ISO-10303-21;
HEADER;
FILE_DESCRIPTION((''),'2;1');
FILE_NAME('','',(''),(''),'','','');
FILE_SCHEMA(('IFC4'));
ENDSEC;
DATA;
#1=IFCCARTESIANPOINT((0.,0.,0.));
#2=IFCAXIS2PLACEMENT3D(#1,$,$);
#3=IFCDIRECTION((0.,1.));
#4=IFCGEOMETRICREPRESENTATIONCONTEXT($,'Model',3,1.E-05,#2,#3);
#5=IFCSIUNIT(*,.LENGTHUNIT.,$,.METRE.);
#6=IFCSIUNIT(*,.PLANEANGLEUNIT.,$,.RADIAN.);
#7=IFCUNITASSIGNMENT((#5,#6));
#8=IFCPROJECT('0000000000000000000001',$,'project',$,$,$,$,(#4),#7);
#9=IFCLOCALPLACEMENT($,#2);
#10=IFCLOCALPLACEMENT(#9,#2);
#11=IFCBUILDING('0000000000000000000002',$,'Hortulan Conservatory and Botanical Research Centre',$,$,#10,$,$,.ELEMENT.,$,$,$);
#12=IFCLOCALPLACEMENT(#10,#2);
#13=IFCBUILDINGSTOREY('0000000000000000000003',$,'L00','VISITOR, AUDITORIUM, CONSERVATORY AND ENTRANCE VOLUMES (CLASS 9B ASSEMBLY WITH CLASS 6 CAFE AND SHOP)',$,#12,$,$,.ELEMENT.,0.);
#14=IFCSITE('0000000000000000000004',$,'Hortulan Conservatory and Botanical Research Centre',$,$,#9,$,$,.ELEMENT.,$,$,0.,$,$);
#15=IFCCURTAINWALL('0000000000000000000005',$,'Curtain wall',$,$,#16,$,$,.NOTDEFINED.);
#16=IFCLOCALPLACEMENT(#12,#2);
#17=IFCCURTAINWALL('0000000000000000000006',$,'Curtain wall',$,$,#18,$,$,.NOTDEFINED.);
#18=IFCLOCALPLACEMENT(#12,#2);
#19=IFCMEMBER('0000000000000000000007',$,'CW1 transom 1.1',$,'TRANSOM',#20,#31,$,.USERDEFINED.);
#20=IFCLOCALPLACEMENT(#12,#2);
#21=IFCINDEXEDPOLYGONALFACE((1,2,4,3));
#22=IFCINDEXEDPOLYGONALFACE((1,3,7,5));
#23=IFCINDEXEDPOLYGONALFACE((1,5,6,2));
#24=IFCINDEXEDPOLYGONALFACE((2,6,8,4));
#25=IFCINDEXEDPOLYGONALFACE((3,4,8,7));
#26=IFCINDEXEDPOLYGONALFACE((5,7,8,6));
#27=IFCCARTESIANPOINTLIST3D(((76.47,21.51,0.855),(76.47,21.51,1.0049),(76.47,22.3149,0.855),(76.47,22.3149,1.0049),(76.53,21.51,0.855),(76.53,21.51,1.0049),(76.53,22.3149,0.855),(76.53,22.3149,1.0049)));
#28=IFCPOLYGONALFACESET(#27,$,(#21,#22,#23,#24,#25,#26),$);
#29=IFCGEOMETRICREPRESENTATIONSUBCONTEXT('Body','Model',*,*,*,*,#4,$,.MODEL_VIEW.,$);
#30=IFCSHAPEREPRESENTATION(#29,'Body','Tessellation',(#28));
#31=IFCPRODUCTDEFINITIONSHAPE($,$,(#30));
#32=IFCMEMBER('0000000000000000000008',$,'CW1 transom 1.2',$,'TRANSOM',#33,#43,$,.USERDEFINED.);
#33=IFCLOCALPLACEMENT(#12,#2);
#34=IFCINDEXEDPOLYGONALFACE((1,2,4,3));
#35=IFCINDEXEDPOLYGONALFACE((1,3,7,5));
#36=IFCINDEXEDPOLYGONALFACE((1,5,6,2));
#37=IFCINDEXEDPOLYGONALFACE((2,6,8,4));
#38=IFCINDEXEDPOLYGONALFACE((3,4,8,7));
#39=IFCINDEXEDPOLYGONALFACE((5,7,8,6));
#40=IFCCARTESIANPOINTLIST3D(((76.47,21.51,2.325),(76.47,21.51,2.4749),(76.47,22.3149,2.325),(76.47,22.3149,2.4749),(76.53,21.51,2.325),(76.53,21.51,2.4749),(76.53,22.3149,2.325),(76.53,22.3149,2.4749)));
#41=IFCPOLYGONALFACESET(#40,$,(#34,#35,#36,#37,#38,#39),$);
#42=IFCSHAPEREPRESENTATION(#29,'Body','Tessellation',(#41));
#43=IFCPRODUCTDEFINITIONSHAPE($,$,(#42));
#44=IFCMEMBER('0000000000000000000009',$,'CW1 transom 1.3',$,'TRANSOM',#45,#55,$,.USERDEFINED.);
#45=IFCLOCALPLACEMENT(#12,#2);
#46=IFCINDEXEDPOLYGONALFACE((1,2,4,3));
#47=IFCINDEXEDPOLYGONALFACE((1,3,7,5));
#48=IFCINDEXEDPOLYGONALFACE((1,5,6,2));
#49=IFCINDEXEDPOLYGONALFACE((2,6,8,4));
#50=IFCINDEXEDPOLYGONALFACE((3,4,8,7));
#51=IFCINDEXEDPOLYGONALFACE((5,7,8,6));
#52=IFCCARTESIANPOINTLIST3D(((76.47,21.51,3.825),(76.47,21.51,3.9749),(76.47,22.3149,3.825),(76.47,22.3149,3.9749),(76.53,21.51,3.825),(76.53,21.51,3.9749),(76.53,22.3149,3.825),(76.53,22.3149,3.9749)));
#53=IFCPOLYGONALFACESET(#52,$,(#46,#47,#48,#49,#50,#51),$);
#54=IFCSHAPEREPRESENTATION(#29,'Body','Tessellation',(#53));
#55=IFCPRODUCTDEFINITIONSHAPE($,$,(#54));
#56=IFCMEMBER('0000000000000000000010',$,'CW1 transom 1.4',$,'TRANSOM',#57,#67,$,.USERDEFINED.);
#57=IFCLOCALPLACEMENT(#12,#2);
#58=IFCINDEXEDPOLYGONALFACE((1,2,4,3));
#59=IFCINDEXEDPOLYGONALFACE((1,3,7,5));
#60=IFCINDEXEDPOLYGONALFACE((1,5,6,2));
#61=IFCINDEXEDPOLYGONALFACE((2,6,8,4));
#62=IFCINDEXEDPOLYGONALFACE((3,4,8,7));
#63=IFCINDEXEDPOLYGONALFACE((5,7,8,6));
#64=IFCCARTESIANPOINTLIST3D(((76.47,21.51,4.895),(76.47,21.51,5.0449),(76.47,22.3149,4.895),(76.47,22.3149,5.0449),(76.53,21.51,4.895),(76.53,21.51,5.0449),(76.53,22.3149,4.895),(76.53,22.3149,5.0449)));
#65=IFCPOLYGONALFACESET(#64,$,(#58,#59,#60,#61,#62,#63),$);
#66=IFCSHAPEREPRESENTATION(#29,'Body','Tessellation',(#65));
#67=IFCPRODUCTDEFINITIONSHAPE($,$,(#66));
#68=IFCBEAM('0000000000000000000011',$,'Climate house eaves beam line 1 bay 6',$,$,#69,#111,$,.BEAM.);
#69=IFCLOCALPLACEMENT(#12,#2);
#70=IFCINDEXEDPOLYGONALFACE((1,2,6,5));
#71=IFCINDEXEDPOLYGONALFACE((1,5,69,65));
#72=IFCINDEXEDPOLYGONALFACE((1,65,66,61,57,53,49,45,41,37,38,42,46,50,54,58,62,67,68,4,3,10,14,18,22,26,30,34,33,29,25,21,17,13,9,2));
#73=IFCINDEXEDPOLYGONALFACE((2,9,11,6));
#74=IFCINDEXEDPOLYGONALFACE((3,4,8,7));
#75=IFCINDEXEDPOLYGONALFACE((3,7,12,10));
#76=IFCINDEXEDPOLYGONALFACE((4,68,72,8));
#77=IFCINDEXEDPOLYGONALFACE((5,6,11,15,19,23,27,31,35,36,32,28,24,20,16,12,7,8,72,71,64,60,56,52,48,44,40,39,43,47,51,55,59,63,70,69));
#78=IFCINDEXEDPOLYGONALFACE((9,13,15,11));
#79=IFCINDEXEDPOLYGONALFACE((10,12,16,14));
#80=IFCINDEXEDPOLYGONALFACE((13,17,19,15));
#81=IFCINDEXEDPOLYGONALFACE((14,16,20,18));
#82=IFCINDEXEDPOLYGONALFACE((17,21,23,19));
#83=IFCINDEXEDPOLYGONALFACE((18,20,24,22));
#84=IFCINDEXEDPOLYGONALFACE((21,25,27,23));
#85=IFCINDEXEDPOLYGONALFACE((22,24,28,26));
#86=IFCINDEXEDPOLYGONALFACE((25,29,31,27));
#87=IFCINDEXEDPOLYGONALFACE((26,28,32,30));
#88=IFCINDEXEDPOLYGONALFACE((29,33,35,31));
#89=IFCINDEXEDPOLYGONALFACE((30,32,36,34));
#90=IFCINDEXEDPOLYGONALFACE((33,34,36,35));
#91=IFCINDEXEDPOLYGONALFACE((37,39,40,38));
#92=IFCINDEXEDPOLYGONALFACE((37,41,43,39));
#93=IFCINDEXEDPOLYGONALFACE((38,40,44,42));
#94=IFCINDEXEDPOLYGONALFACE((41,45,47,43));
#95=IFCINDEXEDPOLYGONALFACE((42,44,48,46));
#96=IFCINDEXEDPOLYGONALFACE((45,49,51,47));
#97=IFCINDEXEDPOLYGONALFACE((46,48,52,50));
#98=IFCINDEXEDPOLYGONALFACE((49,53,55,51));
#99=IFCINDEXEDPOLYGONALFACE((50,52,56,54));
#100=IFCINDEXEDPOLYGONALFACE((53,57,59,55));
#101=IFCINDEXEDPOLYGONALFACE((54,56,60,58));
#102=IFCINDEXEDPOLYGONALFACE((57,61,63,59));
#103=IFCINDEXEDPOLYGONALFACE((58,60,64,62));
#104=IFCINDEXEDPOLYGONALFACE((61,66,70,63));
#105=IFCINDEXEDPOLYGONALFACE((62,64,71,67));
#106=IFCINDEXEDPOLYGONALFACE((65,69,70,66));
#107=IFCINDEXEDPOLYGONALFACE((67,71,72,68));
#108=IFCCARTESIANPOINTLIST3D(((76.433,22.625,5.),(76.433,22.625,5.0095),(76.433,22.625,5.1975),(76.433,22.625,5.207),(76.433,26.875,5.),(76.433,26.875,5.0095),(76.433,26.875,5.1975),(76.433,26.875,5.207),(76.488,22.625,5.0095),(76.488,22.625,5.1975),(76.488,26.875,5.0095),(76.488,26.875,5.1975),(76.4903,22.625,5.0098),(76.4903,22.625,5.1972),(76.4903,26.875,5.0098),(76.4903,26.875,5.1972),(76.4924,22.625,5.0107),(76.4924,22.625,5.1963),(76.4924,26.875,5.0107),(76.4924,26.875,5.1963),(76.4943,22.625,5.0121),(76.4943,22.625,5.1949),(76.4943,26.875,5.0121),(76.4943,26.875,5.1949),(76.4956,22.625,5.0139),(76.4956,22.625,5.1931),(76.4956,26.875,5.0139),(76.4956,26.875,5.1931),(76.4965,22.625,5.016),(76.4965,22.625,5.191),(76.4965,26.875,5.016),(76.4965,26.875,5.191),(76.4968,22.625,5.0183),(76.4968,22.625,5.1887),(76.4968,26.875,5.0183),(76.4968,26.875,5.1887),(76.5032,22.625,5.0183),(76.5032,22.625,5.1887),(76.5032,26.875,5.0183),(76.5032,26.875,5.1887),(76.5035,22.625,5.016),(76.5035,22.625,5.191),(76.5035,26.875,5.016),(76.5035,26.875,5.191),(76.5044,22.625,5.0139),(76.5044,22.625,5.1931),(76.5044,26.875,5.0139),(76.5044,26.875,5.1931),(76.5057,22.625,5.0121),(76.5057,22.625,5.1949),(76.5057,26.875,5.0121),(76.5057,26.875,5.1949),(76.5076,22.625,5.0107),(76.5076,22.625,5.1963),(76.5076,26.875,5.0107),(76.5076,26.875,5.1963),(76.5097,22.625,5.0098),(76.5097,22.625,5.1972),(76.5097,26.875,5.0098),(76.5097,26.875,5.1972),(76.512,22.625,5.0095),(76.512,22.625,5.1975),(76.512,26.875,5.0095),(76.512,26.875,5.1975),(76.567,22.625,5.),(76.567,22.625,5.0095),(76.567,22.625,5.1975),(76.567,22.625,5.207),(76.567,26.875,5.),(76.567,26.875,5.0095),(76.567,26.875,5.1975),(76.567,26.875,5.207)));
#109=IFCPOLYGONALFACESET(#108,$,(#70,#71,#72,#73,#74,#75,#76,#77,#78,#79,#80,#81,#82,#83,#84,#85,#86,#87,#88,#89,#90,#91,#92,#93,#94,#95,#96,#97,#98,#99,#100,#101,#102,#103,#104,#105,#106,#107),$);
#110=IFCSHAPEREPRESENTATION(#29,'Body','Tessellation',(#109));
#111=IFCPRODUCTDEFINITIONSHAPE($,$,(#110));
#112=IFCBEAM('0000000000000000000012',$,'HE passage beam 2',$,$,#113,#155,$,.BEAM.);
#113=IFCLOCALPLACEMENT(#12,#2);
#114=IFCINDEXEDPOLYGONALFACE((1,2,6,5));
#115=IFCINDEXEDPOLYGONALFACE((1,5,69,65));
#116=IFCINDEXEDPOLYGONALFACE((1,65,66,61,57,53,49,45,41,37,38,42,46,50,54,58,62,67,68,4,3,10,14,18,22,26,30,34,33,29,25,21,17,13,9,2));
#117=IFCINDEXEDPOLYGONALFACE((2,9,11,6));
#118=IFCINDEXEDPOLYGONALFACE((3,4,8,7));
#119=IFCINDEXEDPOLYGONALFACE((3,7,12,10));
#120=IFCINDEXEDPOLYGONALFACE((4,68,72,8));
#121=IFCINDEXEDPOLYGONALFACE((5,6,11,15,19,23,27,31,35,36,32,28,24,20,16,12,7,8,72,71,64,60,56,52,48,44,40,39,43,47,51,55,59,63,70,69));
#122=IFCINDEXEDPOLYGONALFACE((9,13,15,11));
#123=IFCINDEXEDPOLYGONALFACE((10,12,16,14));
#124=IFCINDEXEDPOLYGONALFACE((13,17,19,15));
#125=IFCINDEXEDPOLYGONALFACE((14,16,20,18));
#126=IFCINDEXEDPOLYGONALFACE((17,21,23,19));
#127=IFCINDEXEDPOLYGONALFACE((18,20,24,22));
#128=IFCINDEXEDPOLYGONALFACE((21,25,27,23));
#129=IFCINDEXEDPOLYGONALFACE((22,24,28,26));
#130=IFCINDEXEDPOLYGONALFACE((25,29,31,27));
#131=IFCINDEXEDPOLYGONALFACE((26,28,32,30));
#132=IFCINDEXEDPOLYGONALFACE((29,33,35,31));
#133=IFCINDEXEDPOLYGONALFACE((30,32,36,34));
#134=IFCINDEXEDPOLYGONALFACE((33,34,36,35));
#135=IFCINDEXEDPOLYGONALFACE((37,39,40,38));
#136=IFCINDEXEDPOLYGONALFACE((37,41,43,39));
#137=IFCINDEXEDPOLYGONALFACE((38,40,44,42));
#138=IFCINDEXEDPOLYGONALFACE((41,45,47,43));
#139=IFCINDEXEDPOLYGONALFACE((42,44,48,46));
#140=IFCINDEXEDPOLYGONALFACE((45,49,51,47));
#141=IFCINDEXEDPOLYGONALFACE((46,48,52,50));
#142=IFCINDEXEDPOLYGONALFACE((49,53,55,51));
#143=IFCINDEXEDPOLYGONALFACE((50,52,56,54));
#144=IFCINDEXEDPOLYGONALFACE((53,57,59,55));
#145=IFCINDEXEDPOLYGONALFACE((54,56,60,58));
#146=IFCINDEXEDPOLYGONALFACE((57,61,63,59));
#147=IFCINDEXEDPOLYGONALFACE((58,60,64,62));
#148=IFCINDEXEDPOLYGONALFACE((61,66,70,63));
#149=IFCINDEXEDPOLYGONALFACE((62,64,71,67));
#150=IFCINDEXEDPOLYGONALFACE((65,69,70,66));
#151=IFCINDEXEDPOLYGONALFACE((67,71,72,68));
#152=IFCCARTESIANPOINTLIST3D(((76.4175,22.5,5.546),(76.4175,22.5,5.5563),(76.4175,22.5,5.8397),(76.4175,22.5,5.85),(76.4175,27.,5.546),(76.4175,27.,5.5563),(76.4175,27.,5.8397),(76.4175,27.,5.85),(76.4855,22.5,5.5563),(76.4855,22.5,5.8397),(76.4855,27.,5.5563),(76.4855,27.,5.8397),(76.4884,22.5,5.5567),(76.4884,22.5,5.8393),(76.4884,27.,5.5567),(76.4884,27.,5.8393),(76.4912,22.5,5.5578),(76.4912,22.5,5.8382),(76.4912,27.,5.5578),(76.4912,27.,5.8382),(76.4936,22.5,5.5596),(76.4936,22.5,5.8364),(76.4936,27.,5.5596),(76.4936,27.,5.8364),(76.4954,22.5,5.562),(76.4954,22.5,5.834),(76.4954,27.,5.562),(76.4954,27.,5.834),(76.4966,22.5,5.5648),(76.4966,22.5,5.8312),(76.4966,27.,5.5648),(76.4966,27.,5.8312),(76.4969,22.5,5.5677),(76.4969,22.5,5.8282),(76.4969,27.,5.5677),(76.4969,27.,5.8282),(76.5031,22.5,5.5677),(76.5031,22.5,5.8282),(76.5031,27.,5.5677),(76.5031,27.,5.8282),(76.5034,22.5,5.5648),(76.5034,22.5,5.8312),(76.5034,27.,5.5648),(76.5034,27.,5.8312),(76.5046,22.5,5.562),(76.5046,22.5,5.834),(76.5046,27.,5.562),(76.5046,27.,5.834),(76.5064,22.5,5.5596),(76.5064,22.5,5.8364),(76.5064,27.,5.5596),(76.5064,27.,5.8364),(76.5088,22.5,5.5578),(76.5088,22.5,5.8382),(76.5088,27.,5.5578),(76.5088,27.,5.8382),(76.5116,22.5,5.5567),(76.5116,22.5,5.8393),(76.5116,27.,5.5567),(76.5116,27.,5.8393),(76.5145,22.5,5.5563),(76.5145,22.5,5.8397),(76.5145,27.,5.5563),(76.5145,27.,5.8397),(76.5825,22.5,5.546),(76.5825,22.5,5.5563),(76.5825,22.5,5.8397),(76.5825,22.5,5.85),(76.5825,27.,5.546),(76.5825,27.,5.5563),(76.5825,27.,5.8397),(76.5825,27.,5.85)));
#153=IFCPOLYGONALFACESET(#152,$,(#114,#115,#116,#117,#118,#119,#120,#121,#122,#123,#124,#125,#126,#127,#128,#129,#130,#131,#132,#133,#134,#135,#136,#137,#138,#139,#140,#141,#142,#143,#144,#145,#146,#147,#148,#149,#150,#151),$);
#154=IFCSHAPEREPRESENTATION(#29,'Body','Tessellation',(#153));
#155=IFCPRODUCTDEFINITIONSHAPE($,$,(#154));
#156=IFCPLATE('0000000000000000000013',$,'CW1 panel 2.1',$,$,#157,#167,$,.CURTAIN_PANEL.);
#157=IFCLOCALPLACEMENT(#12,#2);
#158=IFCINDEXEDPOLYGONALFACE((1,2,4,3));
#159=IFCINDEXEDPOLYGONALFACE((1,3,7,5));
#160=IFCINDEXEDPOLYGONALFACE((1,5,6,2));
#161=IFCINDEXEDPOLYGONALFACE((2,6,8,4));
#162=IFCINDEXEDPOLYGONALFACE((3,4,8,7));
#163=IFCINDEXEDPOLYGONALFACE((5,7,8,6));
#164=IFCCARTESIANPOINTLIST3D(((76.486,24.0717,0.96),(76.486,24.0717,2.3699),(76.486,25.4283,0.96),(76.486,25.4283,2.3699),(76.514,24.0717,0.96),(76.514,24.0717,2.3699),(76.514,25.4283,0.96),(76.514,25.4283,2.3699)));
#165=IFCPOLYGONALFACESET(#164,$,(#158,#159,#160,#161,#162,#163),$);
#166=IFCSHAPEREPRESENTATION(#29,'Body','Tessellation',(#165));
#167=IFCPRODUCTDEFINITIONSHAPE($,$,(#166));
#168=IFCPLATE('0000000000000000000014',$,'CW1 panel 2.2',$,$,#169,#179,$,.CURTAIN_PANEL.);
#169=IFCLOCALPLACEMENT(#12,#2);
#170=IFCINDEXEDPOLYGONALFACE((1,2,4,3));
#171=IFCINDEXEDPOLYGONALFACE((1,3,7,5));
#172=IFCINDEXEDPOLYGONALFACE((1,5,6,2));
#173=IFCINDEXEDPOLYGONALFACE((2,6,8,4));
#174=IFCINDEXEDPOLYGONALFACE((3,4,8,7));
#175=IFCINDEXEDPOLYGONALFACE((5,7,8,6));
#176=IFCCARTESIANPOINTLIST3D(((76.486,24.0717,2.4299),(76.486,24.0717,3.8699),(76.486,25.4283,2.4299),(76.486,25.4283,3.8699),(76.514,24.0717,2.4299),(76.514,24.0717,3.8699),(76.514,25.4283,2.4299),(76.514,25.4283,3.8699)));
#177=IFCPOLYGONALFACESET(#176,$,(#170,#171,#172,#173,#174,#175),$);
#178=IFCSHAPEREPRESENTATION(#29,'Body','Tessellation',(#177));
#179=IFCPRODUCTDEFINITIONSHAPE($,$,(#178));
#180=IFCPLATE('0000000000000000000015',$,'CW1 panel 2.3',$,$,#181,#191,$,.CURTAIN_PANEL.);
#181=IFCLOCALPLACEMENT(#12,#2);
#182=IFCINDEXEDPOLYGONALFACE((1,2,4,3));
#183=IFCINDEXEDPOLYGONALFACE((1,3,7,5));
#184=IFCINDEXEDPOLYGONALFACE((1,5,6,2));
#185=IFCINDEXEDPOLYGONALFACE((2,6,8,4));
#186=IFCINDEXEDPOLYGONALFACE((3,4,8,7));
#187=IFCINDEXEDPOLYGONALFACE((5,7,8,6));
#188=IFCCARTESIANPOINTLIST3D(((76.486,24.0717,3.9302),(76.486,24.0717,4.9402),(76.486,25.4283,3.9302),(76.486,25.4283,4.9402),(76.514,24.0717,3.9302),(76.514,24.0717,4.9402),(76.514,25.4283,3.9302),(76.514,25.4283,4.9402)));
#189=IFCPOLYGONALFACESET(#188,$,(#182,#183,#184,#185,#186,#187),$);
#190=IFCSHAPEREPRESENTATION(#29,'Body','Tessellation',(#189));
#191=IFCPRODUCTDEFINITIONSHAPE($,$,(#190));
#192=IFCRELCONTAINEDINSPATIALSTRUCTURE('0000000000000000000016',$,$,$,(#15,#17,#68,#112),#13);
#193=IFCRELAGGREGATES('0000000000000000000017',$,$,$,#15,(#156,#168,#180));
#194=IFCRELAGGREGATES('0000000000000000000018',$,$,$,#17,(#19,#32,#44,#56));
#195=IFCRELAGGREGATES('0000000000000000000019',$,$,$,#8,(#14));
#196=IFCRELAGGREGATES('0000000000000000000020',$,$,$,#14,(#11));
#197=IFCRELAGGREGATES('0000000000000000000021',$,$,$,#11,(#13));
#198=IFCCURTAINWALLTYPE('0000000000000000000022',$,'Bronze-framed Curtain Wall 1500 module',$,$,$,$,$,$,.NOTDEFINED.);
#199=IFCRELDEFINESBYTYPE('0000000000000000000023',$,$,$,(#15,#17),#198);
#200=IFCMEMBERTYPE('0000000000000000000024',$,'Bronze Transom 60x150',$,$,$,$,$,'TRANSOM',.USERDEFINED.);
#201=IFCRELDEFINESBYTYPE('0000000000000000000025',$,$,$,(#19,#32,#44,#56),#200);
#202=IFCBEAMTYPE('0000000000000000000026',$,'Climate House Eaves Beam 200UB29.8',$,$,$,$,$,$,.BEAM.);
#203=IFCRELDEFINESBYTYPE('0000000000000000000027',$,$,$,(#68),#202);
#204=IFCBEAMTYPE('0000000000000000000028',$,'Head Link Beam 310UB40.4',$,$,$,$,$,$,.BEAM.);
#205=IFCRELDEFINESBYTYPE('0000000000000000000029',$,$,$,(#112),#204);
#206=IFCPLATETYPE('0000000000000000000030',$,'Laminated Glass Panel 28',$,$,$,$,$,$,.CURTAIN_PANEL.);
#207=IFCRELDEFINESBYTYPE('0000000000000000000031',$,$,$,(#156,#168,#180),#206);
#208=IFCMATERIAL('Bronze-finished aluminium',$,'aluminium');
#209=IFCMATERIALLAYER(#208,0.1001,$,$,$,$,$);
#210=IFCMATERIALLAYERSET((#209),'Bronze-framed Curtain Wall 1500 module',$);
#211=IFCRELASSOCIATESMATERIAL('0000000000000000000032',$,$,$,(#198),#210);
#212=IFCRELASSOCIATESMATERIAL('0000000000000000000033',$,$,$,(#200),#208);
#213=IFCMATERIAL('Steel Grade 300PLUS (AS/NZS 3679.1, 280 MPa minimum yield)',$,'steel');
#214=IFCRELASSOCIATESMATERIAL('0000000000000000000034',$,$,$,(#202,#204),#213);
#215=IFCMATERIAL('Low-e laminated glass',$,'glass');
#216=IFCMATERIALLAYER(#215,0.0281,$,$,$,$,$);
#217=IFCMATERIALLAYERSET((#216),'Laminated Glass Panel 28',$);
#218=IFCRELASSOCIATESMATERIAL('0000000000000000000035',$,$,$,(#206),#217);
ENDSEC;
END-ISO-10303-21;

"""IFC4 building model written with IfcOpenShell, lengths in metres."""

from ifc_helpers import new_model, si_unit, direction, frame, origin, origin_2d, place, context, subcontext, project, spatial, rectangle, i_section, extrude, material, layer, layer_set, material_profile, profile_set, type_object, element, aggregate, save


model = new_model("IFC4")

# Units and contexts
model_context = context("Model", 3, precision=1e-05, world=origin(), true_north=direction((0.0, 1.0)))
body_context = subcontext(model_context, "Body", "Model", "MODEL_VIEW")
ifc_project = project(units=[si_unit("LENGTHUNIT", "METRE"), si_unit("PLANEANGLEUNIT", "RADIAN")], contexts=[model_context])

# Site, building, storey
site_placement = place(None, origin())
site = spatial("IfcSite", under=ifc_project, at=site_placement, Name="Hortulan Conservatory and Botanical Research Centre", CompositionType="ELEMENT", RefElevation=0.0)
building_placement = place(site_placement, origin())
building = spatial("IfcBuilding", under=site, at=building_placement, Name="Hortulan Conservatory and Botanical Research Centre", CompositionType="ELEMENT")
storey_placement = place(building_placement, origin())
storey = spatial("IfcBuildingStorey", under=building, at=storey_placement, Name="L00", Description="VISITOR, AUDITORIUM, CONSERVATORY AND ENTRANCE VOLUMES (CLASS 9B ASSEMBLY WITH CLASS 6 CAFE AND SHOP)", CompositionType="ELEMENT", Elevation=0.0)

# Curtain wall
ifc_material_1 = material(Name="Bronze-finished aluminium", Category="aluminium")
ifc_layer_1 = layer(ifc_material_1, 0.1001)
ifc_layer_set_1 = layer_set([ifc_layer_1], Name="Bronze-framed Curtain Wall 1500 module")
curtain_wall_type = type_object("IfcCurtainWallType", Name="Bronze-framed Curtain Wall 1500 module", PredefinedType="NOTDEFINED", material=ifc_layer_set_1)
curtain_wall_1_placement = place(storey_placement, origin())
curtain_wall_1 = element("IfcCurtainWall", 1, at=curtain_wall_1_placement, inside=storey, type_object=curtain_wall_type, Name="Curtain wall", PredefinedType="NOTDEFINED")

# Curtain wall
curtain_wall_2_placement = place(storey_placement, origin())
curtain_wall_2 = element("IfcCurtainWall", 2, at=curtain_wall_2_placement, inside=storey, type_object=curtain_wall_type, Name="Curtain wall", PredefinedType="NOTDEFINED")

# Members
ifc_material_profile_1 = material_profile(ifc_material_1, rectangle(XDim=0.0601, YDim=0.1499, at=origin_2d()), Name="Bronze Transom 60x150")
ifc_profile_set_1 = profile_set([ifc_material_profile_1], Name="Bronze-finished aluminium")
member_type_1 = type_object("IfcMemberType", Name="Bronze Transom 60x150", ElementType="TRANSOM", PredefinedType="USERDEFINED", material=ifc_profile_set_1)
member_1_placement = place(storey_placement, frame((76.5, 22.3149, 0.9299), z_axis=(0.0, -1.0, 0.0), x_axis=(1.0, 0.0, 0.0)))
member_1 = element("IfcMember", 3, at=member_1_placement, type_object=member_type_1, Name="CW1 transom 1.1", ObjectType="TRANSOM", PredefinedType="USERDEFINED", context=body_context, shape_type="SweptSolid", body=[
    extrude(rectangle(XDim=0.0601, YDim=0.1499, at=origin_2d()), origin(), (0.0, 0.0, 1.0), 0.8049),
])
member_2_placement = place(storey_placement, frame((76.5, 22.3149, 2.3999), z_axis=(0.0, -1.0, 0.0), x_axis=(1.0, 0.0, 0.0)))
member_2 = element("IfcMember", 4, at=member_2_placement, type_object=member_type_1, Name="CW1 transom 1.2", ObjectType="TRANSOM", PredefinedType="USERDEFINED", context=body_context, shape_type="SweptSolid", body=[
    extrude(rectangle(XDim=0.0601, YDim=0.1499, at=origin_2d()), origin(), (0.0, 0.0, 1.0), 0.8049),
])
member_3_placement = place(storey_placement, frame((76.5, 22.3149, 3.8999), z_axis=(0.0, -1.0, 0.0), x_axis=(1.0, 0.0, 0.0)))
member_3 = element("IfcMember", 5, at=member_3_placement, type_object=member_type_1, Name="CW1 transom 1.3", ObjectType="TRANSOM", PredefinedType="USERDEFINED", context=body_context, shape_type="SweptSolid", body=[
    extrude(rectangle(XDim=0.0601, YDim=0.1499, at=origin_2d()), origin(), (0.0, 0.0, 1.0), 0.8049),
])
member_4_placement = place(storey_placement, frame((76.5, 22.3149, 4.97), z_axis=(0.0, -1.0, 0.0), x_axis=(1.0, 0.0, 0.0)))
member_4 = element("IfcMember", 6, at=member_4_placement, type_object=member_type_1, Name="CW1 transom 1.4", ObjectType="TRANSOM", PredefinedType="USERDEFINED", context=body_context, shape_type="SweptSolid", body=[
    extrude(rectangle(XDim=0.0601, YDim=0.1499, at=origin_2d()), origin(), (0.0, 0.0, 1.0), 0.8049),
])

# Beams
ifc_material_2 = material(Name="Steel Grade 300PLUS (AS/NZS 3679.1, 280 MPa minimum yield)", Category="steel")
ifc_material_profile_2 = material_profile(ifc_material_2, i_section(OverallWidth=0.134, OverallDepth=0.207, WebThickness=0.0063, FlangeThickness=0.0095, FilletRadius=0.0088, at=origin_2d()), Name="200UB29.8")
ifc_profile_set_2 = profile_set([ifc_material_profile_2], Name="Steel Grade 300PLUS (AS/NZS 3679.1, 280 MPa minimum yield)")
beam_type_1 = type_object("IfcBeamType", Name="Climate House Eaves Beam 200UB29.8", PredefinedType="BEAM", material=ifc_profile_set_2)
beam_1_placement = place(storey_placement, frame((76.5, 22.625, 5.1035), z_axis=(0.0, 1.0, 0.0), x_axis=(-1.0, 0.0, 0.0)))
element("IfcBeam", 7, at=beam_1_placement, inside=storey, type_object=beam_type_1, Name="Climate house eaves beam line 1 bay 6", PredefinedType="BEAM", context=body_context, shape_type="SweptSolid", body=[
    extrude(i_section(OverallWidth=0.134, OverallDepth=0.207, WebThickness=0.0063, FlangeThickness=0.0095, FilletRadius=0.0088, at=origin_2d()), origin(), (0.0, 0.0, 1.0), 4.25),
])
ifc_material_profile_3 = material_profile(ifc_material_2, i_section(OverallWidth=0.165, OverallDepth=0.304, WebThickness=0.0061, FlangeThickness=0.0103, FilletRadius=0.0115, at=origin_2d()), Name="310UB40.4")
ifc_profile_set_3 = profile_set([ifc_material_profile_3], Name="Steel Grade 300PLUS (AS/NZS 3679.1, 280 MPa minimum yield)")
beam_type_2 = type_object("IfcBeamType", Name="Head Link Beam 310UB40.4", PredefinedType="BEAM", material=ifc_profile_set_3)
beam_2_placement = place(storey_placement, frame((76.5, 22.5, 5.698), z_axis=(0.0, 1.0, 0.0), x_axis=(-1.0, 0.0, 0.0)))
element("IfcBeam", 8, at=beam_2_placement, inside=storey, type_object=beam_type_2, Name="HE passage beam 2", PredefinedType="BEAM", context=body_context, shape_type="SweptSolid", body=[
    extrude(i_section(OverallWidth=0.165, OverallDepth=0.304, WebThickness=0.0061, FlangeThickness=0.0103, FilletRadius=0.0115, at=origin_2d()), origin(), (0.0, 0.0, 1.0), 4.5),
])

# Plates
ifc_material_3 = material(Name="Low-e laminated glass", Category="glass")
ifc_layer_2 = layer(ifc_material_3, 0.0281)
ifc_layer_set_2 = layer_set([ifc_layer_2], Name="Laminated Glass Panel 28")
plate_type = type_object("IfcPlateType", Name="Laminated Glass Panel 28", PredefinedType="CURTAIN_PANEL", material=ifc_layer_set_2)
plate_1_placement = place(storey_placement, frame((76.5, 24.75, 0.96), z_axis=(0.0, 0.0, 1.0), x_axis=(0.0, -1.0, 0.0)))
plate_1 = element("IfcPlate", 9, at=plate_1_placement, type_object=plate_type, Name="CW1 panel 2.1", PredefinedType="CURTAIN_PANEL", context=body_context, shape_type="SweptSolid", body=[
    extrude(rectangle(XDim=1.3567, YDim=0.0281, at=origin_2d()), origin(), (0.0, 0.0, 1.0), 1.4099),
])
plate_2_placement = place(storey_placement, frame((76.5, 24.75, 2.4299), z_axis=(0.0, 0.0, 1.0), x_axis=(0.0, -1.0, 0.0)))
plate_2 = element("IfcPlate", 10, at=plate_2_placement, type_object=plate_type, Name="CW1 panel 2.2", PredefinedType="CURTAIN_PANEL", context=body_context, shape_type="SweptSolid", body=[
    extrude(rectangle(XDim=1.3567, YDim=0.0281, at=origin_2d()), origin(), (0.0, 0.0, 1.0), 1.4399),
])
plate_3_placement = place(storey_placement, frame((76.5, 24.75, 3.9302), z_axis=(0.0, 0.0, 1.0), x_axis=(0.0, -1.0, 0.0)))
plate_3 = element("IfcPlate", 11, at=plate_3_placement, type_object=plate_type, Name="CW1 panel 2.3", PredefinedType="CURTAIN_PANEL", context=body_context, shape_type="SweptSolid", body=[
    extrude(rectangle(XDim=1.3567, YDim=0.0281, at=origin_2d()), origin(), (0.0, 0.0, 1.0), 1.01),
])
aggregate(curtain_wall_1, [plate_1, plate_2, plate_3])
aggregate(curtain_wall_2, [member_1, member_2, member_3, member_4])

save(model, "model.ifc")
